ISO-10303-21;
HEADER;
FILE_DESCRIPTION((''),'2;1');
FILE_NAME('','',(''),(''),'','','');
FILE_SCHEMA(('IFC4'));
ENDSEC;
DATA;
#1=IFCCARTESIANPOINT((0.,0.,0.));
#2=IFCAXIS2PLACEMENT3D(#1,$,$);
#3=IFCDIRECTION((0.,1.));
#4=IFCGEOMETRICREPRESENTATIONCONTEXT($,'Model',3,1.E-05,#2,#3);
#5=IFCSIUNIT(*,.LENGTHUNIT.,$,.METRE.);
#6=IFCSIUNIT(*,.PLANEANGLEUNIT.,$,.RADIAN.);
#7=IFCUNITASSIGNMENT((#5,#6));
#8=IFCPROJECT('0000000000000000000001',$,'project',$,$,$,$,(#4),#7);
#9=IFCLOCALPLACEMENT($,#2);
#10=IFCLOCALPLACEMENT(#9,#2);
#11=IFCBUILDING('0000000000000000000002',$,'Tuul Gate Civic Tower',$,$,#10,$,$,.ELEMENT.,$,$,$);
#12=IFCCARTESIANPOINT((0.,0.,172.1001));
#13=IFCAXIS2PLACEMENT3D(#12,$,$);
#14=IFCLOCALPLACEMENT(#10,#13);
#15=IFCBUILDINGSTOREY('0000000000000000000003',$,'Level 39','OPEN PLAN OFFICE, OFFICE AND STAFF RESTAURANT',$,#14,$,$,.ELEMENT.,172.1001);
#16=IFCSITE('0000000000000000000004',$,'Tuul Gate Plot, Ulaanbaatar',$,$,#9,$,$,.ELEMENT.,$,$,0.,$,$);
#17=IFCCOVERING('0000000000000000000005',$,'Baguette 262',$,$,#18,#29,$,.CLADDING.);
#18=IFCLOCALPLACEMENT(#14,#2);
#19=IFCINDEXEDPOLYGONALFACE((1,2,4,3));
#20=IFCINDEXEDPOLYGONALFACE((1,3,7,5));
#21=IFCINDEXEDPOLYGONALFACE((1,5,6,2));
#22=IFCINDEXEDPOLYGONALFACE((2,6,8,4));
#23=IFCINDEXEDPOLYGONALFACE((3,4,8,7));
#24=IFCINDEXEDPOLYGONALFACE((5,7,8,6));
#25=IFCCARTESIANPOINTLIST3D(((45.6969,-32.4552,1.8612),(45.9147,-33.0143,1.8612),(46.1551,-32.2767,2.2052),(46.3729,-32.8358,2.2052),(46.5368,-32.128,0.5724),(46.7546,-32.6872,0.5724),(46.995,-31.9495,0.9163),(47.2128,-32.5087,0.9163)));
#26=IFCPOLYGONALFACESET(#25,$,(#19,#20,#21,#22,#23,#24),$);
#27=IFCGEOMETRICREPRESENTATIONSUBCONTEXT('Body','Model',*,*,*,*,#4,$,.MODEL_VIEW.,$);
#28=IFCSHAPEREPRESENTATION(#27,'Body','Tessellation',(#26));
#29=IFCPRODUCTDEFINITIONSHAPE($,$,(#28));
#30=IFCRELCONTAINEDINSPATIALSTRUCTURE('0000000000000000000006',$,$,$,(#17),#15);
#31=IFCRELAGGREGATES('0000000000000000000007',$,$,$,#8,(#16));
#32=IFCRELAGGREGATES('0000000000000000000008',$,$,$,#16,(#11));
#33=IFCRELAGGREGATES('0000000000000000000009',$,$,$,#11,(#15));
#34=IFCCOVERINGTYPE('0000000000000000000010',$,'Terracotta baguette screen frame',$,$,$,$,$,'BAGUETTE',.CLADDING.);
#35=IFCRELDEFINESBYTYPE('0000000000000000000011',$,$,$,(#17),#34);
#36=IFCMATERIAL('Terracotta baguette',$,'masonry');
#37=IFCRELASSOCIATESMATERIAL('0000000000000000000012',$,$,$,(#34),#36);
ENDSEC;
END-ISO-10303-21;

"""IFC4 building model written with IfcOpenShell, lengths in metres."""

from ifc_helpers import new_model, si_unit, direction, frame, origin, origin_2d, place, context, subcontext, project, spatial, rectangle, extrude, material, material_profile, profile_set, type_object, element, save


model = new_model("IFC4")

# Units and contexts
model_context = context("Model", 3, precision=1e-05, world=origin(), true_north=direction((0.0, 1.0)))
body_context = subcontext(model_context, "Body", "Model", "MODEL_VIEW")
ifc_project = project(units=[si_unit("LENGTHUNIT", "METRE"), si_unit("PLANEANGLEUNIT", "RADIAN")], contexts=[model_context])

# Site, building, storey
site_placement = place(None, origin())
site = spatial("IfcSite", under=ifc_project, at=site_placement, Name="Tuul Gate Plot, Ulaanbaatar", CompositionType="ELEMENT", RefElevation=0.0)
building_placement = place(site_placement, origin())
building = spatial("IfcBuilding", under=site, at=building_placement, Name="Tuul Gate Civic Tower", CompositionType="ELEMENT")
storey_placement = place(building_placement, frame((0.0, 0.0, 172.1001)))
storey = spatial("IfcBuildingStorey", under=building, at=storey_placement, Name="Level 39", Description="OPEN PLAN OFFICE, OFFICE AND STAFF RESTAURANT", CompositionType="ELEMENT", Elevation=172.1001)

# Covering
ifc_material_1 = material(Name="Terracotta baguette", Category="masonry")
ifc_material_profile_1 = material_profile(ifc_material_1, rectangle(XDim=0.6001, YDim=0.6001, at=origin_2d()), Name="Terracotta baguette screen frame")
ifc_profile_set_1 = profile_set([ifc_material_profile_1], Name="Terracotta baguette")
covering_type = type_object("IfcCoveringType", Name="Terracotta baguette screen frame", ElementType="BAGUETTE", PredefinedType="CLADDING", material=ifc_profile_set_1)
covering_1_placement = place(storey_placement, frame((46.0349, -32.6455, 2.0332), z_axis=(0.534011, 0.208016, -0.819489), x_axis=(-0.362969, 0.931801, 0.0)))
element("IfcCovering", 1, at=covering_1_placement, inside=storey, type_object=covering_type, Name="Baguette 262", PredefinedType="CLADDING", context=body_context, shape_type="SweptSolid", body=[
    extrude(rectangle(XDim=0.6001, YDim=0.6001, at=origin_2d()), origin(), (0.0, 0.0, 1.0), 1.5728),
])

save(model, "model.ifc")
